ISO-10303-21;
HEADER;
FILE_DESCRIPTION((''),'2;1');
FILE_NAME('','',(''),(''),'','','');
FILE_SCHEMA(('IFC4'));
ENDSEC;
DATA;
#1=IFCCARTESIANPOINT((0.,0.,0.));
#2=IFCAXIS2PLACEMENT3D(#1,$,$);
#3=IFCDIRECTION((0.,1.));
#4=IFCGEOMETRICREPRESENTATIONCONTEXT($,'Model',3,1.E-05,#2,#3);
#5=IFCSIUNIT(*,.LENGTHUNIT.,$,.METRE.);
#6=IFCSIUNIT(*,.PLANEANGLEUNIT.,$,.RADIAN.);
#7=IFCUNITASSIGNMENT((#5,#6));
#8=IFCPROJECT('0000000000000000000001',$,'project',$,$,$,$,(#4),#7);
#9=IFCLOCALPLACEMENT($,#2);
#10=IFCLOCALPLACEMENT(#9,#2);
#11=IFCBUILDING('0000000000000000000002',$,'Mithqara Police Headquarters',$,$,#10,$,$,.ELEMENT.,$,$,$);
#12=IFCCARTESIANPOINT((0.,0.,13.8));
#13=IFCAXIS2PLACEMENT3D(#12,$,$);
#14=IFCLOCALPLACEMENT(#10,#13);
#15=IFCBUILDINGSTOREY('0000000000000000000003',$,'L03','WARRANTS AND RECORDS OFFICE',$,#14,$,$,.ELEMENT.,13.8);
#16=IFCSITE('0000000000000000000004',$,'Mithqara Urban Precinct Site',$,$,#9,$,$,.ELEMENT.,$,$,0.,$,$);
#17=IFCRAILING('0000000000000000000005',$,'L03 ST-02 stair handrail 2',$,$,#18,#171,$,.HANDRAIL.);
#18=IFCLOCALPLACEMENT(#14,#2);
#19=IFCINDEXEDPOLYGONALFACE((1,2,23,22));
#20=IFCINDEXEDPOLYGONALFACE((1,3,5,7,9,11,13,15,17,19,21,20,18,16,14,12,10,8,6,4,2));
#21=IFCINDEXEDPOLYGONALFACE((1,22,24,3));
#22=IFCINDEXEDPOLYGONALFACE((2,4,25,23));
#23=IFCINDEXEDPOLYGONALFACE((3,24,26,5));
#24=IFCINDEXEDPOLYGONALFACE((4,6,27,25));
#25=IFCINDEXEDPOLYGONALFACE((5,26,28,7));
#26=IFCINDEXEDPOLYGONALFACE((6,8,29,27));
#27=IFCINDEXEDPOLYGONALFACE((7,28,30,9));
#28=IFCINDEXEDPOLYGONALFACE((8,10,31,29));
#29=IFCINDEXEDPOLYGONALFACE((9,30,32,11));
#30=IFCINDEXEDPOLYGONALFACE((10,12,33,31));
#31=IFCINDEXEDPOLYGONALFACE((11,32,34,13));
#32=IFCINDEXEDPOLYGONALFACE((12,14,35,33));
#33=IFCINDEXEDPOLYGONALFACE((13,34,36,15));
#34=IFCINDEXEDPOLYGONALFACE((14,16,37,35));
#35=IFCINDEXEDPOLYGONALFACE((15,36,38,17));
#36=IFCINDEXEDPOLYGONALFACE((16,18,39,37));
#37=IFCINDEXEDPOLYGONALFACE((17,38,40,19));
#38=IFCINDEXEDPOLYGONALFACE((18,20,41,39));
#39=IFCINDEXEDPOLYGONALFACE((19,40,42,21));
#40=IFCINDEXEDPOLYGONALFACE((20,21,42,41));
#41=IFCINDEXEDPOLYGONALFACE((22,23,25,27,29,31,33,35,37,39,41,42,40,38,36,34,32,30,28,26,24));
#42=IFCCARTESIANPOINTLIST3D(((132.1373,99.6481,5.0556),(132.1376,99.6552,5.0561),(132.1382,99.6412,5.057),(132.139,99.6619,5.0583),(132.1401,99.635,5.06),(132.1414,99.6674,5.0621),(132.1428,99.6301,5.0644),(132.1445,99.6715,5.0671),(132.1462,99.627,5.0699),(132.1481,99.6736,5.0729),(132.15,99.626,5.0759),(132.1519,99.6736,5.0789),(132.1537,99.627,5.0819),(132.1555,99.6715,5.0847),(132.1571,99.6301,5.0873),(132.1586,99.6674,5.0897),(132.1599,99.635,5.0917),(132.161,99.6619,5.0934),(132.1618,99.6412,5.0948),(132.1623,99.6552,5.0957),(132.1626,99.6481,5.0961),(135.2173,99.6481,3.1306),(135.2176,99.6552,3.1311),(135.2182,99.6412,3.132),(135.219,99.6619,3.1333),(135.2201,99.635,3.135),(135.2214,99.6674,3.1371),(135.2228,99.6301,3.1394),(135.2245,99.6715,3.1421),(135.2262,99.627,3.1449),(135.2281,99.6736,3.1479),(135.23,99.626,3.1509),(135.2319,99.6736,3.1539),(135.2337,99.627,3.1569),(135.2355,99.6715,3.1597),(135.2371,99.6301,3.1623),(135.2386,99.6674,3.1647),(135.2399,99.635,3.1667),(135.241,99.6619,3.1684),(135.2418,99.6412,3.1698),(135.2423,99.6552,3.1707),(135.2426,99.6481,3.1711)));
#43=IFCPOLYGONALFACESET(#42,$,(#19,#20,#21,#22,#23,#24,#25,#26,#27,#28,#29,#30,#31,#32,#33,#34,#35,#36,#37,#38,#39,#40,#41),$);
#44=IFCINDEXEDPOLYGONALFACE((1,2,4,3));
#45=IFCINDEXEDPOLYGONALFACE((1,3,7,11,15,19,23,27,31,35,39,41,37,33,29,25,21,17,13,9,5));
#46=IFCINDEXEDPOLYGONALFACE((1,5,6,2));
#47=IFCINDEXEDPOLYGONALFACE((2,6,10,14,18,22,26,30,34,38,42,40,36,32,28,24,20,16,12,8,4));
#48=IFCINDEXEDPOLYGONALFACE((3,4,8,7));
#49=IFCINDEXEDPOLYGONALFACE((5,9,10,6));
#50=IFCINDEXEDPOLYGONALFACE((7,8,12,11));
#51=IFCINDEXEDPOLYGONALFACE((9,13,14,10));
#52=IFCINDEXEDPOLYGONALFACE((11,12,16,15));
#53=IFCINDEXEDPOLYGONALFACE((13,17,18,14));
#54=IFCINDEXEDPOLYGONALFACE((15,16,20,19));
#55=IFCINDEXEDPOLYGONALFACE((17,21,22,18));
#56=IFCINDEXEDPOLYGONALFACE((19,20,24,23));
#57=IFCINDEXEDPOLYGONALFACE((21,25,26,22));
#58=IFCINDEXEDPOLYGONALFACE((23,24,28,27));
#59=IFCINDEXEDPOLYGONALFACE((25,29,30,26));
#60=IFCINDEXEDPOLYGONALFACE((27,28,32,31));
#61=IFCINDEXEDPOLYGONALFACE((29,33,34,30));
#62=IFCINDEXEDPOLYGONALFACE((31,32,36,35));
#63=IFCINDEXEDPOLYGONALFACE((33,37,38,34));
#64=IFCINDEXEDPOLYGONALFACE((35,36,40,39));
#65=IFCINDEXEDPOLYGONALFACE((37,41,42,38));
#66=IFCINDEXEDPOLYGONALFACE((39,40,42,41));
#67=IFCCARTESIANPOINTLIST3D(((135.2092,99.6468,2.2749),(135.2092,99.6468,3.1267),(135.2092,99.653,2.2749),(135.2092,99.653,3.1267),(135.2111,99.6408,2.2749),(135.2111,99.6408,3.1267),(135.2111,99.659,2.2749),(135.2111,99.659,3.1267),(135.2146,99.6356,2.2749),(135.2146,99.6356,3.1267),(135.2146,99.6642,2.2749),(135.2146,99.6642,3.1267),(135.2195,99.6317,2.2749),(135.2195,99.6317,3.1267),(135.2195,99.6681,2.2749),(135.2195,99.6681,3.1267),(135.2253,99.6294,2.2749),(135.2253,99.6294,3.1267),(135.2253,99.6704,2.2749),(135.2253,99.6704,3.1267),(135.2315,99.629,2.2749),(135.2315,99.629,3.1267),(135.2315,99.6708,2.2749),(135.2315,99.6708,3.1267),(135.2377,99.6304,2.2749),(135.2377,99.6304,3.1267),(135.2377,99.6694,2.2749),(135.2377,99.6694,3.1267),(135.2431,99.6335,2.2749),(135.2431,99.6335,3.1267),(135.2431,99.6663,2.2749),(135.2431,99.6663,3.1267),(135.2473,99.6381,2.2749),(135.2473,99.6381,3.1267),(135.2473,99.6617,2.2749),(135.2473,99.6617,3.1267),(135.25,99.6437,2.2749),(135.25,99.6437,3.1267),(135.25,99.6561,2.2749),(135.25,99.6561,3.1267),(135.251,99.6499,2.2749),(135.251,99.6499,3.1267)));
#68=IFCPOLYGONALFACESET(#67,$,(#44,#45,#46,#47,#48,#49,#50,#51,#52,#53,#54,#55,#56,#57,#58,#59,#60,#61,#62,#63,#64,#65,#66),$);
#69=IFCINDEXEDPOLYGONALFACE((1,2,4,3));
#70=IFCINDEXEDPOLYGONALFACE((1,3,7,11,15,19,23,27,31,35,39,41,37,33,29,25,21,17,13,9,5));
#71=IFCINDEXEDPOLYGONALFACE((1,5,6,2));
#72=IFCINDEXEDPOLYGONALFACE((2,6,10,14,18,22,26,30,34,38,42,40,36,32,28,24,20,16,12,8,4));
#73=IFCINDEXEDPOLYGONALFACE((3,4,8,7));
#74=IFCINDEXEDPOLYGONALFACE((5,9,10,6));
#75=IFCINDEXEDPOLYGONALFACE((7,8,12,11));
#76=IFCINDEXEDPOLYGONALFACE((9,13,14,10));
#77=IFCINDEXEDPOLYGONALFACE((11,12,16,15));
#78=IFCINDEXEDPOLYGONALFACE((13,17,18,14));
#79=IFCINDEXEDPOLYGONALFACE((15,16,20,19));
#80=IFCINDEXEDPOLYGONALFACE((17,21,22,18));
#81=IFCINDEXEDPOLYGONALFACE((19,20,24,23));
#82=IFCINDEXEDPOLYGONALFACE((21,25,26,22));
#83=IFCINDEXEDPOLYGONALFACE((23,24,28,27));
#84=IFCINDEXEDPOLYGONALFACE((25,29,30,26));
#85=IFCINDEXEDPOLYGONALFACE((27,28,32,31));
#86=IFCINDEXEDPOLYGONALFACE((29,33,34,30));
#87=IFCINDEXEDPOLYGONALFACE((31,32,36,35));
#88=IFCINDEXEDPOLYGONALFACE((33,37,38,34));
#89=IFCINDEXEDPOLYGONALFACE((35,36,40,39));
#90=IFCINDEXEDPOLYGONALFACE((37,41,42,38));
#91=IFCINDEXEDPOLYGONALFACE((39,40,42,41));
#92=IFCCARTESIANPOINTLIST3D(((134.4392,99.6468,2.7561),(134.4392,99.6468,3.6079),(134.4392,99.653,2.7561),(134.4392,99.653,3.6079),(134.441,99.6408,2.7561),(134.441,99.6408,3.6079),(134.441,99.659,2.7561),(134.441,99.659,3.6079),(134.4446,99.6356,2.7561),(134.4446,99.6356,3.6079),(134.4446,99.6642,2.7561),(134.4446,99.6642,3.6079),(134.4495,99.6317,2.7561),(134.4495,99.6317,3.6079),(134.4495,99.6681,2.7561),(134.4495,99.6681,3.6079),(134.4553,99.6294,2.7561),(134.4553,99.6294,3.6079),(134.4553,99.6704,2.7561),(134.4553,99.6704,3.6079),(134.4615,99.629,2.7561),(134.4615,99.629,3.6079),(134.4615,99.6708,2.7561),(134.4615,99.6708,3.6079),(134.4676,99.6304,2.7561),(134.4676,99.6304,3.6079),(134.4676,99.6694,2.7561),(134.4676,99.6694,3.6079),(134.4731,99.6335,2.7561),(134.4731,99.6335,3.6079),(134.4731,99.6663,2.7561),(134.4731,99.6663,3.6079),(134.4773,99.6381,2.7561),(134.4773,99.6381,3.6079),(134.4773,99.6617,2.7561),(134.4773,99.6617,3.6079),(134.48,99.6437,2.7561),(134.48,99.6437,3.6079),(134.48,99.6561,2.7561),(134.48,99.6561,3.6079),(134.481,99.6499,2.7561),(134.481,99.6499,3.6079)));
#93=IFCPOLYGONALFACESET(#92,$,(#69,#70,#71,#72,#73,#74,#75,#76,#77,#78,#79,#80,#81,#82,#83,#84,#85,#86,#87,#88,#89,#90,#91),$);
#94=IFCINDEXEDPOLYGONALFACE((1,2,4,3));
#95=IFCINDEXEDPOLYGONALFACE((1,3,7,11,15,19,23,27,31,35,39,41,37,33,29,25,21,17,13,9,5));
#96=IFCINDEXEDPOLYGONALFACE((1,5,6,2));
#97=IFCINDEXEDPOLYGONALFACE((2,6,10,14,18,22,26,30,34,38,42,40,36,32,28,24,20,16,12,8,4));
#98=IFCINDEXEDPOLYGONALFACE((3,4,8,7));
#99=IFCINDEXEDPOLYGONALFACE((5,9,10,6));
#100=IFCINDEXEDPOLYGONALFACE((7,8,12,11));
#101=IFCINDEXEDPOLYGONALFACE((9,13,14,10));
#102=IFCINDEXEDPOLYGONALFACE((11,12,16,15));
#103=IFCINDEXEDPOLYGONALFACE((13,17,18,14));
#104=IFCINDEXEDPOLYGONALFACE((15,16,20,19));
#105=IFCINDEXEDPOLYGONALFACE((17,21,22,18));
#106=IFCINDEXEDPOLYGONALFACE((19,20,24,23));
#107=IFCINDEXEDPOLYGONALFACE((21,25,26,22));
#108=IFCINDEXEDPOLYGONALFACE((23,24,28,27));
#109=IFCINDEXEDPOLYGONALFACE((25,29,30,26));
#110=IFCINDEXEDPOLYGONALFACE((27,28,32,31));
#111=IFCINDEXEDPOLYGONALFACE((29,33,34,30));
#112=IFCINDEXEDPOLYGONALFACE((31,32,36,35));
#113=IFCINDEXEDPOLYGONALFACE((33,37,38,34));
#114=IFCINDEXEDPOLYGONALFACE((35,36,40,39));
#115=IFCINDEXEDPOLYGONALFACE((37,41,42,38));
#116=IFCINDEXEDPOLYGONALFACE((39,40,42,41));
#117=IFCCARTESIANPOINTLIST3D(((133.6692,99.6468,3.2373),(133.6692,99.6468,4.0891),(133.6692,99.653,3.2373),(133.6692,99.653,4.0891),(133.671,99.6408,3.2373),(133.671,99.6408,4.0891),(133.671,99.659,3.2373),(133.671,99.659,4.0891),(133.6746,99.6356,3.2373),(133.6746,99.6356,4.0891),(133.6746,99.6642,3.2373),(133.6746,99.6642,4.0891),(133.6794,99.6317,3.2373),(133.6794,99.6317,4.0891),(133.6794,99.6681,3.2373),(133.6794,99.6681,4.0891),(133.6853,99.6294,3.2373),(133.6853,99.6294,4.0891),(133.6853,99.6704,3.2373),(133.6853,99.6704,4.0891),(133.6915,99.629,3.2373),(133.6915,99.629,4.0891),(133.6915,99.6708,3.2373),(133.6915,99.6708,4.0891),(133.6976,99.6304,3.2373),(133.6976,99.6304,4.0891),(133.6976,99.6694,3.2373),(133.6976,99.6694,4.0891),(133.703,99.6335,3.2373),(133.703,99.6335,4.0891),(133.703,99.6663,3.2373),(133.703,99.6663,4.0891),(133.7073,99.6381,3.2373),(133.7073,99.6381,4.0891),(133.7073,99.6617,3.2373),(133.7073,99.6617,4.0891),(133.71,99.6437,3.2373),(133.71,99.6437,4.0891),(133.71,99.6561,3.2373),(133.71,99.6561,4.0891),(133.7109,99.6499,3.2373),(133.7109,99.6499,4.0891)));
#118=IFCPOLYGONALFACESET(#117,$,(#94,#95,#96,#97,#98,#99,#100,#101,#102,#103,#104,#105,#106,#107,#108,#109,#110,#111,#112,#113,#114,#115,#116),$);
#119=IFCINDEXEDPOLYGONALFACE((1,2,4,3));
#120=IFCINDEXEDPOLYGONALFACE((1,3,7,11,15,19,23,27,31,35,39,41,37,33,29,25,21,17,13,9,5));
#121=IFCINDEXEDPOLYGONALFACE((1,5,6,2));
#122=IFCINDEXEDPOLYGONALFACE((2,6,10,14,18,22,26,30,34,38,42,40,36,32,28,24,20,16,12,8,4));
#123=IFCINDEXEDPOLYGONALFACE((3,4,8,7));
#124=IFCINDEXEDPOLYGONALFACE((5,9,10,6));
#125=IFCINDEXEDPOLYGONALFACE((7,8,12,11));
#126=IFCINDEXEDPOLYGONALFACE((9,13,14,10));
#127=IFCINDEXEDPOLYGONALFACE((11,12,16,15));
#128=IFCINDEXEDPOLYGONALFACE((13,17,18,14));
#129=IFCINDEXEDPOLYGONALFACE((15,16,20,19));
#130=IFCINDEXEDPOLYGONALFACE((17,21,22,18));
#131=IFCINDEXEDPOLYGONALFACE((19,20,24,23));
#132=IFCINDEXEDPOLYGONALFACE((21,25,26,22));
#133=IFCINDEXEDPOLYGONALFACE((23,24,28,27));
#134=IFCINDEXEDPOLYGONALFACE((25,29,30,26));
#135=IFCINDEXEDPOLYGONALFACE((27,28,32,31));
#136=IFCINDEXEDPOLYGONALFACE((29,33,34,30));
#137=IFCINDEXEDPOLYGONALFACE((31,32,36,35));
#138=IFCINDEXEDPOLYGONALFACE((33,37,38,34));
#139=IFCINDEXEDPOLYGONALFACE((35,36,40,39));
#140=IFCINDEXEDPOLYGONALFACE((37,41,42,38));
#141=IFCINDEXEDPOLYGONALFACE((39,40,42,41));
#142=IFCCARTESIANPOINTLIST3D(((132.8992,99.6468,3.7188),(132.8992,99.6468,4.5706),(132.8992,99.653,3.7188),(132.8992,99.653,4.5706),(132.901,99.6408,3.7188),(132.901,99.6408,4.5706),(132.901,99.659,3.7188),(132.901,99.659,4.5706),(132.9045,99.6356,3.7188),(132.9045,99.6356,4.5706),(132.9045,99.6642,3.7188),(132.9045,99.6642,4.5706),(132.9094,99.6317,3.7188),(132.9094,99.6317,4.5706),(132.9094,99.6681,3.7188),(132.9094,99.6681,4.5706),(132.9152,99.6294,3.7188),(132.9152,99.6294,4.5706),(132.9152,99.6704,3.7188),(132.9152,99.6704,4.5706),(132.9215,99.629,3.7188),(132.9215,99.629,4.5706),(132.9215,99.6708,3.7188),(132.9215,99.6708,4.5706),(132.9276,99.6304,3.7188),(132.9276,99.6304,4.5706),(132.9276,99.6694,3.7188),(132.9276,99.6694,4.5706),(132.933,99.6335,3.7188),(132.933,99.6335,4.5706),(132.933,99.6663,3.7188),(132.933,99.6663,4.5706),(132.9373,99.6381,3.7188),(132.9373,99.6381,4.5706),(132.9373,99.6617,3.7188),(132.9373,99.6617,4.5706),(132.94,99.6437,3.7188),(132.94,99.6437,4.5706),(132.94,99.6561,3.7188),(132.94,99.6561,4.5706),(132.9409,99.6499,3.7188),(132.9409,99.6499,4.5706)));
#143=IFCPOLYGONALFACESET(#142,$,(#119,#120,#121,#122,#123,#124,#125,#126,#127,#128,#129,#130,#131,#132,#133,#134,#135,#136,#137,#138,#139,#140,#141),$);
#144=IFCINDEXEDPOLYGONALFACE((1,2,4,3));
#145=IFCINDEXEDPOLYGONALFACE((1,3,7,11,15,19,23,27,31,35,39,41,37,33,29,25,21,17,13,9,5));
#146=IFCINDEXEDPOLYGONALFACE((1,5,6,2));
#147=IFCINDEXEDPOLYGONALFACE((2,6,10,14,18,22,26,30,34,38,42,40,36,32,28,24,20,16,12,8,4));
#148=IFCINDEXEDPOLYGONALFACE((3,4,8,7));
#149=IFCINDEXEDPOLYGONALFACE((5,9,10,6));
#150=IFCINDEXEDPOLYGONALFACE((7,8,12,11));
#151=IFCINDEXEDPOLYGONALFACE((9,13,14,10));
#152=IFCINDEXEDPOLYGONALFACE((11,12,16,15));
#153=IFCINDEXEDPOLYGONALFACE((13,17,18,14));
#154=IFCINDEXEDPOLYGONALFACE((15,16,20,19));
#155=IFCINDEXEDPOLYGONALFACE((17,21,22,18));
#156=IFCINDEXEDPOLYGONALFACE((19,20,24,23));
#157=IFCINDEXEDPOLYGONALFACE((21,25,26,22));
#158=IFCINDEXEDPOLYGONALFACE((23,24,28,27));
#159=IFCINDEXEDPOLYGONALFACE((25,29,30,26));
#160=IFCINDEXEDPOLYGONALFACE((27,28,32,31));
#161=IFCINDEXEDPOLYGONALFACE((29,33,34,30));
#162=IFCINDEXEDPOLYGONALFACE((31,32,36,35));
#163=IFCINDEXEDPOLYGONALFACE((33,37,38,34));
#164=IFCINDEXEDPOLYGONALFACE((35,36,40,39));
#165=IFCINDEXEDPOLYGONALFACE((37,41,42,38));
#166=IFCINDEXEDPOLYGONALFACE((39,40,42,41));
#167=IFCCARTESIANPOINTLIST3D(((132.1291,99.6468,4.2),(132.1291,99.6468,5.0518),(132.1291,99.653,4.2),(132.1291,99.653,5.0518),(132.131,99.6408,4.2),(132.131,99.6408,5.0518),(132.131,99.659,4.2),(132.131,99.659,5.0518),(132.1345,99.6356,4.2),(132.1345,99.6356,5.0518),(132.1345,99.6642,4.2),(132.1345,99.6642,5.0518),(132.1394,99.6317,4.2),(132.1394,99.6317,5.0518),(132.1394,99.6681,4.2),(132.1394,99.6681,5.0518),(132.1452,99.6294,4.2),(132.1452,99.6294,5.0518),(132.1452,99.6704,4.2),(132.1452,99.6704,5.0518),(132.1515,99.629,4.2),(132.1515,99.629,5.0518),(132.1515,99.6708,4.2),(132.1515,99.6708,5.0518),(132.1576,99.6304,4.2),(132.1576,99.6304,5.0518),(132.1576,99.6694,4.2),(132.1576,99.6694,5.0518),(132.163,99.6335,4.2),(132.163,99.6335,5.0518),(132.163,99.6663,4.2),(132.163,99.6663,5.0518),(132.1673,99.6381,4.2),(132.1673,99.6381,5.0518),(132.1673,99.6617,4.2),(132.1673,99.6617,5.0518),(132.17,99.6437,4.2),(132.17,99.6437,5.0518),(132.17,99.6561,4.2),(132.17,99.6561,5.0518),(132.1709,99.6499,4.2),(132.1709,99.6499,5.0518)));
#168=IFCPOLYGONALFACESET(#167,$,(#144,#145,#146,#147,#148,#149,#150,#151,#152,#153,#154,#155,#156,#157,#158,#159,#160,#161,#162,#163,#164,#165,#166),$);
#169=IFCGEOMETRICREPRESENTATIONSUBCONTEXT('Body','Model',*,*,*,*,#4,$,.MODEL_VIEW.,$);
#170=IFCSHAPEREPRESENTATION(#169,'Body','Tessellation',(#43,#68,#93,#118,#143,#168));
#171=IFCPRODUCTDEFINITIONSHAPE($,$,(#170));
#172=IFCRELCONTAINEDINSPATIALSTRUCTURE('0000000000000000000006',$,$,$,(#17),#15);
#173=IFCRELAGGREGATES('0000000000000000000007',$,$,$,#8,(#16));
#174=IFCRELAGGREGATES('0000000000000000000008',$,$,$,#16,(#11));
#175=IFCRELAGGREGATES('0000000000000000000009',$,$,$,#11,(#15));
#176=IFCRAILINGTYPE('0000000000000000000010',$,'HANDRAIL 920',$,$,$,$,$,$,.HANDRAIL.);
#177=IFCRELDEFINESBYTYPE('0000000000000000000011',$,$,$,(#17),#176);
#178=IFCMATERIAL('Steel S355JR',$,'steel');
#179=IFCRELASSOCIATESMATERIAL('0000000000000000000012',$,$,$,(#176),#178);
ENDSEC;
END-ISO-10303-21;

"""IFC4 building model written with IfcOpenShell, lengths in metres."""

from ifc_helpers import new_model, si_unit, direction, frame, origin, origin_2d, place, context, subcontext, project, spatial, circle, extrude, material, type_object, element, save


model = new_model("IFC4")

# Units and contexts
model_context = context("Model", 3, precision=1e-05, world=origin(), true_north=direction((0.0, 1.0)))
body_context = subcontext(model_context, "Body", "Model", "MODEL_VIEW")
ifc_project = project(units=[si_unit("LENGTHUNIT", "METRE"), si_unit("PLANEANGLEUNIT", "RADIAN")], contexts=[model_context])

# Site, building, storey
site_placement = place(None, origin())
site = spatial("IfcSite", under=ifc_project, at=site_placement, Name="Mithqara Urban Precinct Site", CompositionType="ELEMENT", RefElevation=0.0)
building_placement = place(site_placement, origin())
building = spatial("IfcBuilding", under=site, at=building_placement, Name="Mithqara Police Headquarters", CompositionType="ELEMENT")
storey_placement = place(building_placement, frame((0.0, 0.0, 13.8)))
storey = spatial("IfcBuildingStorey", under=building, at=storey_placement, Name="L03", Description="WARRANTS AND RECORDS OFFICE", CompositionType="ELEMENT", Elevation=13.8)

# Shared definitions
ifc_material_1 = material(Name="Steel S355JR", Category="steel")

# Railing
railing_type_1 = type_object("IfcRailingType", Name="HANDRAIL 920", PredefinedType="HANDRAIL", material=ifc_material_1)
railing_1_placement = place(storey_placement, frame((135.23, 99.6499, 2.2749)))
element("IfcRailing", 1, at=railing_1_placement, inside=storey, type_object=railing_type_1, Name="L03 ST-02 stair handrail 2", PredefinedType="HANDRAIL", context=body_context, shape_type="SweptSolid", body=[
    extrude(circle(Radius=0.0239, at=origin_2d()), frame((0.0, 0.0, 0.876), z_axis=(-0.847998, 0.0, 0.529999), x_axis=(0.0, -1.0, 0.0)), (0.0, 0.0, 1.0), 3.6321),
    extrude(circle(Radius=0.021, at=origin_2d()), origin(), (0.0, 0.0, 1.0), 0.8518),
    extrude(circle(Radius=0.021, at=origin_2d()), frame((-0.77, 0.0, 0.4812)), (0.0, 0.0, 1.0), 0.8518),
    extrude(circle(Radius=0.021, at=origin_2d()), frame((-1.54, 0.0, 0.9624)), (0.0, 0.0, 1.0), 0.8518),
    extrude(circle(Radius=0.021, at=origin_2d()), frame((-2.3101, 0.0, 1.4438)), (0.0, 0.0, 1.0), 0.8518),
    extrude(circle(Radius=0.021, at=origin_2d()), frame((-3.0801, 0.0, 1.925)), (0.0, 0.0, 1.0), 0.8518),
])

save(model, "model.ifc")
